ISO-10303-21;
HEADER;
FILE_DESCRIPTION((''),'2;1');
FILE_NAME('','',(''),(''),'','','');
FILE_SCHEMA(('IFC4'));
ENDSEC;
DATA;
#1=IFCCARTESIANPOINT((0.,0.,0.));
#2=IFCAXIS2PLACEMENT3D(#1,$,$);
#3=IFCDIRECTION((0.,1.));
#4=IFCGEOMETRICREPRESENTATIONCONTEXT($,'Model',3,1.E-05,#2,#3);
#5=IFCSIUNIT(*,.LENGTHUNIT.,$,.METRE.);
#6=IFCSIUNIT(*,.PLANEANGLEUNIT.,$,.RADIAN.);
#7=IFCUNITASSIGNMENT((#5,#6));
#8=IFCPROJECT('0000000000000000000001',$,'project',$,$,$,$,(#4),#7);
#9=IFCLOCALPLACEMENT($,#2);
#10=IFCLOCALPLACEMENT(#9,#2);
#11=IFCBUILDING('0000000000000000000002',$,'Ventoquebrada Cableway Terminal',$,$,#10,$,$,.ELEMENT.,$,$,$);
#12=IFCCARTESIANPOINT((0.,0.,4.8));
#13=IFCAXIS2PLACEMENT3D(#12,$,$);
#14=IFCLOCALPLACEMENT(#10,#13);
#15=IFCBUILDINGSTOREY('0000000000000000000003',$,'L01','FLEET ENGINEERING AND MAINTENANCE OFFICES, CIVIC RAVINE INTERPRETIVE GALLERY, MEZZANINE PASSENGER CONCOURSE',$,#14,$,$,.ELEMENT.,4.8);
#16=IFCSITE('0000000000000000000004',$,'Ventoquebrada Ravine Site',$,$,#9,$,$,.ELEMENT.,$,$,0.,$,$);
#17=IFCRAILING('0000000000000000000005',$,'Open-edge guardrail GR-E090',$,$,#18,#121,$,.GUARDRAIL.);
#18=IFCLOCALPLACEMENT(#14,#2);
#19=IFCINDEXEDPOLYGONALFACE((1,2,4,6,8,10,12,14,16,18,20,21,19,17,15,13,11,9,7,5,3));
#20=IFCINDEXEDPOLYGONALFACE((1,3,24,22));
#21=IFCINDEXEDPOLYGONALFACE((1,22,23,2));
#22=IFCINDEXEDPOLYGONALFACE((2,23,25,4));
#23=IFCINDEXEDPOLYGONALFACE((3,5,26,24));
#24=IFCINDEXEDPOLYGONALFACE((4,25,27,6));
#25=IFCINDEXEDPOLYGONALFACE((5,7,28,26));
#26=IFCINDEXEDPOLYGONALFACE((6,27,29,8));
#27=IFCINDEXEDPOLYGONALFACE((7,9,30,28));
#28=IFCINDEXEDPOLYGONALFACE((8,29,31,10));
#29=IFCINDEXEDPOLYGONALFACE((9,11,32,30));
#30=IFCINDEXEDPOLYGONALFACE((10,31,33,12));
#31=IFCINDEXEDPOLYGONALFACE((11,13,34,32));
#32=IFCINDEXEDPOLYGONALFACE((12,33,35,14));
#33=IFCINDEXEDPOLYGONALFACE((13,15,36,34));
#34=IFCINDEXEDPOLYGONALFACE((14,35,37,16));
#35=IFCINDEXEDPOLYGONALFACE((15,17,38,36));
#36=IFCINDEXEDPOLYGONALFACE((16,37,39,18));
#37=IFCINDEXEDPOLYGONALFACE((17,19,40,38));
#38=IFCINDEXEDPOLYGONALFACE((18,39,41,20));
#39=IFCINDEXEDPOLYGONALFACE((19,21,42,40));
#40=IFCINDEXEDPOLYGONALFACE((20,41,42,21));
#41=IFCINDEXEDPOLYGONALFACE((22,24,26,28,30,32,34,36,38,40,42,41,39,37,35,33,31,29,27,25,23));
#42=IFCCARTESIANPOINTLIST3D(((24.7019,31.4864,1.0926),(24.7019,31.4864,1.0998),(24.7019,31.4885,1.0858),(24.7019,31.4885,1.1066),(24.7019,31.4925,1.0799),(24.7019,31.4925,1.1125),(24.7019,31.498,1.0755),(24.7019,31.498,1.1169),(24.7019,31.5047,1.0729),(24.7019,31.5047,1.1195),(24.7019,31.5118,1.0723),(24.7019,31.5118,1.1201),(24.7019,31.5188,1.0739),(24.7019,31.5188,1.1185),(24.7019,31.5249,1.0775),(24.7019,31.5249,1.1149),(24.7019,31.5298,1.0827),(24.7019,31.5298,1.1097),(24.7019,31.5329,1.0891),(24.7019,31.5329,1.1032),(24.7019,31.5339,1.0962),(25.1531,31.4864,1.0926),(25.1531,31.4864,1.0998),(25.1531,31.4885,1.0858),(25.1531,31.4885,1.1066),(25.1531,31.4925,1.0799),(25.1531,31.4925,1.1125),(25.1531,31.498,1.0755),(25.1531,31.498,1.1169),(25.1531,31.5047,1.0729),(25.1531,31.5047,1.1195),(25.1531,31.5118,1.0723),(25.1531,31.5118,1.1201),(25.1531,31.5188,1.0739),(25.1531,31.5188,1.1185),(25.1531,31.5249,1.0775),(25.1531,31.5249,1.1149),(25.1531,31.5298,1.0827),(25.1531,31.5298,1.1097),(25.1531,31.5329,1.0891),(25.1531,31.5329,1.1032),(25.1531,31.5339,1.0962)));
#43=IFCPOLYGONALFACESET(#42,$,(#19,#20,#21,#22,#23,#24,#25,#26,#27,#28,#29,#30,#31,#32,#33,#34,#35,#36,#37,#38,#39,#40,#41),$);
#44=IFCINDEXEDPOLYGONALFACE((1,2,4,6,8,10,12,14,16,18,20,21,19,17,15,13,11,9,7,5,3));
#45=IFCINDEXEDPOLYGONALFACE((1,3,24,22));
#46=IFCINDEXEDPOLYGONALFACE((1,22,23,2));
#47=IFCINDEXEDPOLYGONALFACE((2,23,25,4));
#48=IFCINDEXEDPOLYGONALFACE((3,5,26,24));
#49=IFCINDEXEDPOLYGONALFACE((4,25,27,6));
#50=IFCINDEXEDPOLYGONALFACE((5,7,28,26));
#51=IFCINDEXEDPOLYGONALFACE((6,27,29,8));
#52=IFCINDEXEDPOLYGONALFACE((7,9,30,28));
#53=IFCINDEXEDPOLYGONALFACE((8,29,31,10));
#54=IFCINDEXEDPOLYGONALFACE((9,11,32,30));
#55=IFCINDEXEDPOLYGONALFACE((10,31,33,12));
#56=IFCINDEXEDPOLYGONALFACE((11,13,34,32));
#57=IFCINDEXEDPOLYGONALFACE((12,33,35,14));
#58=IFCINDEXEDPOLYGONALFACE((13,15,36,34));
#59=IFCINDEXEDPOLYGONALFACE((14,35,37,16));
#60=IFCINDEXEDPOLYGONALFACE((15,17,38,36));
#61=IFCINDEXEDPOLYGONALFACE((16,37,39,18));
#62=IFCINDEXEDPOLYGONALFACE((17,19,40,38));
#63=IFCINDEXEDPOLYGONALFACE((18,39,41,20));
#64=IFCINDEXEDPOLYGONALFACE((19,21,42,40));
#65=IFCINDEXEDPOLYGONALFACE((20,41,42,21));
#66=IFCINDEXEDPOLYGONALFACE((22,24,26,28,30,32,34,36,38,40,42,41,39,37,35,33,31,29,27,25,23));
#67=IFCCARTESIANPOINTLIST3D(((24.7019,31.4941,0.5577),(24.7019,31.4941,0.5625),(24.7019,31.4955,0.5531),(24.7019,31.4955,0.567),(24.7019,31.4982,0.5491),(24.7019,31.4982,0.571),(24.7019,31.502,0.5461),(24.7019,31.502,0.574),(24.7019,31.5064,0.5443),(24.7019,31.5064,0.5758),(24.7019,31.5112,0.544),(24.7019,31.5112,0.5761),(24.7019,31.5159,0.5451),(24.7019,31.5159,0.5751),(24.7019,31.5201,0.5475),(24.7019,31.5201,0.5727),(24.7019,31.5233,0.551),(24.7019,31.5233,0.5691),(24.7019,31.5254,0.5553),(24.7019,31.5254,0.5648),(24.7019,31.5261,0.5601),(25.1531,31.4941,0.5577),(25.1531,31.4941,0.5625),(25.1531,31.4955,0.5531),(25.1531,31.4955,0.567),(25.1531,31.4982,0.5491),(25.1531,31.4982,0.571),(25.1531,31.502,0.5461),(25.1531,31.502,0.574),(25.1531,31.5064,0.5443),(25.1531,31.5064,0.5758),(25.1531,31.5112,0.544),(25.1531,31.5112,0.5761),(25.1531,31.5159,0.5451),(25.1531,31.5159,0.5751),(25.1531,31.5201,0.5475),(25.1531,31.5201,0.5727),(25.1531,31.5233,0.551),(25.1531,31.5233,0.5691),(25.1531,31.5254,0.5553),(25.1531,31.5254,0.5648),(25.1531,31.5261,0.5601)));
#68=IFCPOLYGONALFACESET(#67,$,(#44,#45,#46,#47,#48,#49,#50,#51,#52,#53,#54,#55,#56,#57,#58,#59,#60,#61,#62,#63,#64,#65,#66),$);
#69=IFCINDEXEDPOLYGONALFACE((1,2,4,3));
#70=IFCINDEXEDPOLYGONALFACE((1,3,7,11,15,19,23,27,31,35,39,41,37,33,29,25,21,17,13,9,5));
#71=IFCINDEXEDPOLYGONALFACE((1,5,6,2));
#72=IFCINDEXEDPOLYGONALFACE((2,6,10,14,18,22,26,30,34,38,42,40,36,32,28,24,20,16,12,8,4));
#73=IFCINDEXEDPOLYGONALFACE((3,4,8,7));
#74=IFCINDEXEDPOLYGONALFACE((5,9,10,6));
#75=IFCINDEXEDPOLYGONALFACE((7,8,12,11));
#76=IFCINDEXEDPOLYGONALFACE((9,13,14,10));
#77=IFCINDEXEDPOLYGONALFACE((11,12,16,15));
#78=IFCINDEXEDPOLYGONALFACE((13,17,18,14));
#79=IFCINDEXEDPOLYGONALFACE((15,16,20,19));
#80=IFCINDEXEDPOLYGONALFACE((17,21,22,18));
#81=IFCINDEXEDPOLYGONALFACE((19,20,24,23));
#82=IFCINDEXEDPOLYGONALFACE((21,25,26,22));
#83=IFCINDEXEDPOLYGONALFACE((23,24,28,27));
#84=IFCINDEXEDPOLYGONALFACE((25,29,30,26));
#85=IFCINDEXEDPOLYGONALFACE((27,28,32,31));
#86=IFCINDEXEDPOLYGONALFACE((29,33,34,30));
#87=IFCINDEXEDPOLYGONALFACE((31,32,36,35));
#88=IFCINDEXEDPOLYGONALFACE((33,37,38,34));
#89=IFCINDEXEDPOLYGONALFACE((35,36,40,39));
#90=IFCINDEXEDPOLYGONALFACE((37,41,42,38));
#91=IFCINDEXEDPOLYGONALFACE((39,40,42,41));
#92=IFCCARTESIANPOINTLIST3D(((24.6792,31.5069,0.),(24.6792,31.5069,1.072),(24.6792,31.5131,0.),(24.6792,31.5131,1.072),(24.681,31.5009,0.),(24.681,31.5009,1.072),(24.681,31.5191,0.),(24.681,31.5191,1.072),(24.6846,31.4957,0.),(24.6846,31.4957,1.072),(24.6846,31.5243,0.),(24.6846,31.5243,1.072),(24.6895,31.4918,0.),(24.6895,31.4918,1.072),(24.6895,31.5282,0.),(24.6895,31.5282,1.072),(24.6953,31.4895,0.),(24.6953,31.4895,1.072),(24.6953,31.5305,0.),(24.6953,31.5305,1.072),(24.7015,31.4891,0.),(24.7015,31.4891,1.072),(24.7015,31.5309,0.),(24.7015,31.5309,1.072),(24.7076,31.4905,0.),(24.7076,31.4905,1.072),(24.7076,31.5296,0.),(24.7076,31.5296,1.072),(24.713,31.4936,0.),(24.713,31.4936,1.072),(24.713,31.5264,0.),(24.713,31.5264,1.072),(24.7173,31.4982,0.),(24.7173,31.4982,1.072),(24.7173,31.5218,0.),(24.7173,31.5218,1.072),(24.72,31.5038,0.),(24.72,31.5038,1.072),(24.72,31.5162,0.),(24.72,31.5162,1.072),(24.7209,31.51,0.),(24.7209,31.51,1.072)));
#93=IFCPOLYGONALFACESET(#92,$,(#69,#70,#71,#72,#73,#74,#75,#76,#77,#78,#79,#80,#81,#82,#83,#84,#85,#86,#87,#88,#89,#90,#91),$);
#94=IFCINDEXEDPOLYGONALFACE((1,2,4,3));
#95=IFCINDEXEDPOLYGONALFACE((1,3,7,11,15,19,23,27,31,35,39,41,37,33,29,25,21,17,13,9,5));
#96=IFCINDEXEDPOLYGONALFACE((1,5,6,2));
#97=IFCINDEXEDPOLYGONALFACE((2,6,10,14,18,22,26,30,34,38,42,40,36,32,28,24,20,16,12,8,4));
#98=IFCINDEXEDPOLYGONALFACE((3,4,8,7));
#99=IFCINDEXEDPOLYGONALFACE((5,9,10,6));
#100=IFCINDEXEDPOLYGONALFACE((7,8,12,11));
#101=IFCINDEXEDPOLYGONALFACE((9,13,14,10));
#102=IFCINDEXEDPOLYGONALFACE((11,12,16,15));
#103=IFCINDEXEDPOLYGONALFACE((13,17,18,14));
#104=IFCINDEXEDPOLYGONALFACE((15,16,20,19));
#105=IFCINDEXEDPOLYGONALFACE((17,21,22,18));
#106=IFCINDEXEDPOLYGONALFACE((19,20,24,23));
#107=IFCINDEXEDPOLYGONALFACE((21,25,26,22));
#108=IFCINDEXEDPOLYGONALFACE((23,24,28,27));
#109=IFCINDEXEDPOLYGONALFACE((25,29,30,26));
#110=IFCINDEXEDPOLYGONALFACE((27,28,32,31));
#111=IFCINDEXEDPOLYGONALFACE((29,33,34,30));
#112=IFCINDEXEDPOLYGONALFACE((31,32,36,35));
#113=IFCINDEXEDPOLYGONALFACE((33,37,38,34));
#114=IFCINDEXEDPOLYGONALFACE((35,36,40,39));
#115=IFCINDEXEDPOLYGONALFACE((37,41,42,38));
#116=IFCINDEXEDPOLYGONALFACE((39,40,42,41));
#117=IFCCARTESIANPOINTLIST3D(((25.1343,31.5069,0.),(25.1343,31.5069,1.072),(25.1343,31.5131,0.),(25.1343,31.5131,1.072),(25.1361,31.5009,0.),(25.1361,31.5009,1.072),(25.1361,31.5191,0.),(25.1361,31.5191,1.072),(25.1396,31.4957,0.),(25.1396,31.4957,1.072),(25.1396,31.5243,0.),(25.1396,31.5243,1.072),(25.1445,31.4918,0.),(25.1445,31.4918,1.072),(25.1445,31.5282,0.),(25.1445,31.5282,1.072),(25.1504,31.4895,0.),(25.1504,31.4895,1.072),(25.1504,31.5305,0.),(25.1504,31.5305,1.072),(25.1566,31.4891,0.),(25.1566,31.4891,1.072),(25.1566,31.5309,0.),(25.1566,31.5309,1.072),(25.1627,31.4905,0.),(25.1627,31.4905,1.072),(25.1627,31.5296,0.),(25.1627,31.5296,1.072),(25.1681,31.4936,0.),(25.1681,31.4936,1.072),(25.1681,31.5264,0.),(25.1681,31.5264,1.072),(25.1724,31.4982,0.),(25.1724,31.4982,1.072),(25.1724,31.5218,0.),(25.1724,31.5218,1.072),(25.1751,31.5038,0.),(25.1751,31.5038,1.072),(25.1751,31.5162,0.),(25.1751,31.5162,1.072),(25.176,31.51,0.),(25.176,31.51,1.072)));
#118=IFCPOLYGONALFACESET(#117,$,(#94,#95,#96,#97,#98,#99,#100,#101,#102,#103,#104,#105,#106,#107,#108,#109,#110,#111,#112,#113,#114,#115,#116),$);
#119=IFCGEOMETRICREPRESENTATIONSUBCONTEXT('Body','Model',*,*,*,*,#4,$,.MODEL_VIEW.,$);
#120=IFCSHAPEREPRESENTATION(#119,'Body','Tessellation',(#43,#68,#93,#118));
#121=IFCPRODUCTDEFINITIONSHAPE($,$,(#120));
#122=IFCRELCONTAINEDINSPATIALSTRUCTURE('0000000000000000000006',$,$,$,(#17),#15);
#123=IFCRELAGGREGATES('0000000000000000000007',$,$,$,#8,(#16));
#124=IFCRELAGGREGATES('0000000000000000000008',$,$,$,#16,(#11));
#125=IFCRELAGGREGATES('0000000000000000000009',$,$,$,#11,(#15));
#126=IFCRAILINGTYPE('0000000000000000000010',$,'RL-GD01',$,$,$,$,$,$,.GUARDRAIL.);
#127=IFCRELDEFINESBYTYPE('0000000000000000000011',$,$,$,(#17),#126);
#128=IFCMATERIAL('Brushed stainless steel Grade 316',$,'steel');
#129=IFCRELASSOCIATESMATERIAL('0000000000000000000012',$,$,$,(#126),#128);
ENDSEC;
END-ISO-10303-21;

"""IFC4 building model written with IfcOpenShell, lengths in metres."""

from ifc_helpers import new_model, si_unit, direction, frame, origin, origin_2d, place, context, subcontext, project, spatial, circle, extrude, material, type_object, element, save


model = new_model("IFC4")

# Units and contexts
model_context = context("Model", 3, precision=1e-05, world=origin(), true_north=direction((0.0, 1.0)))
body_context = subcontext(model_context, "Body", "Model", "MODEL_VIEW")
ifc_project = project(units=[si_unit("LENGTHUNIT", "METRE"), si_unit("PLANEANGLEUNIT", "RADIAN")], contexts=[model_context])

# Site, building, storey
site_placement = place(None, origin())
site = spatial("IfcSite", under=ifc_project, at=site_placement, Name="Ventoquebrada Ravine Site", CompositionType="ELEMENT", RefElevation=0.0)
building_placement = place(site_placement, origin())
building = spatial("IfcBuilding", under=site, at=building_placement, Name="Ventoquebrada Cableway Terminal", CompositionType="ELEMENT")
storey_placement = place(building_placement, frame((0.0, 0.0, 4.8)))
storey = spatial("IfcBuildingStorey", under=building, at=storey_placement, Name="L01", Description="FLEET ENGINEERING AND MAINTENANCE OFFICES, CIVIC RAVINE INTERPRETIVE GALLERY, MEZZANINE PASSENGER CONCOURSE", CompositionType="ELEMENT", Elevation=4.8)

# Railing
ifc_material_1 = material(Name="Brushed stainless steel Grade 316", Category="steel")
railing_type_1 = type_object("IfcRailingType", Name="RL-GD01", PredefinedType="GUARDRAIL", material=ifc_material_1)
railing_1_placement = place(storey_placement, frame((24.7, 31.51, 0.0)))
element("IfcRailing", 1, at=railing_1_placement, inside=storey, type_object=railing_type_1, Name="Open-edge guardrail GR-E090", PredefinedType="GUARDRAIL", context=body_context, shape_type="SweptSolid", body=[
    extrude(circle(Radius=0.0239, at=origin_2d()), frame((0.002, 0.0, 1.0962), z_axis=(1.0, 0.0, 0.0), x_axis=(0.0, 1.0, 0.0)), (0.0, 0.0, 1.0), 0.4512),
    extrude(circle(Radius=0.0161, at=origin_2d()), frame((0.002, 0.0, 0.5601), z_axis=(1.0, 0.0, 0.0), x_axis=(0.0, 1.0, 0.0)), (0.0, 0.0, 1.0), 0.4512),
    extrude(circle(Radius=0.021, at=origin_2d()), origin(), (0.0, 0.0, 1.0), 1.072),
    extrude(circle(Radius=0.021, at=origin_2d()), frame((0.4551, 0.0, 0.0)), (0.0, 0.0, 1.0), 1.072),
])

save(model, "model.ifc")
